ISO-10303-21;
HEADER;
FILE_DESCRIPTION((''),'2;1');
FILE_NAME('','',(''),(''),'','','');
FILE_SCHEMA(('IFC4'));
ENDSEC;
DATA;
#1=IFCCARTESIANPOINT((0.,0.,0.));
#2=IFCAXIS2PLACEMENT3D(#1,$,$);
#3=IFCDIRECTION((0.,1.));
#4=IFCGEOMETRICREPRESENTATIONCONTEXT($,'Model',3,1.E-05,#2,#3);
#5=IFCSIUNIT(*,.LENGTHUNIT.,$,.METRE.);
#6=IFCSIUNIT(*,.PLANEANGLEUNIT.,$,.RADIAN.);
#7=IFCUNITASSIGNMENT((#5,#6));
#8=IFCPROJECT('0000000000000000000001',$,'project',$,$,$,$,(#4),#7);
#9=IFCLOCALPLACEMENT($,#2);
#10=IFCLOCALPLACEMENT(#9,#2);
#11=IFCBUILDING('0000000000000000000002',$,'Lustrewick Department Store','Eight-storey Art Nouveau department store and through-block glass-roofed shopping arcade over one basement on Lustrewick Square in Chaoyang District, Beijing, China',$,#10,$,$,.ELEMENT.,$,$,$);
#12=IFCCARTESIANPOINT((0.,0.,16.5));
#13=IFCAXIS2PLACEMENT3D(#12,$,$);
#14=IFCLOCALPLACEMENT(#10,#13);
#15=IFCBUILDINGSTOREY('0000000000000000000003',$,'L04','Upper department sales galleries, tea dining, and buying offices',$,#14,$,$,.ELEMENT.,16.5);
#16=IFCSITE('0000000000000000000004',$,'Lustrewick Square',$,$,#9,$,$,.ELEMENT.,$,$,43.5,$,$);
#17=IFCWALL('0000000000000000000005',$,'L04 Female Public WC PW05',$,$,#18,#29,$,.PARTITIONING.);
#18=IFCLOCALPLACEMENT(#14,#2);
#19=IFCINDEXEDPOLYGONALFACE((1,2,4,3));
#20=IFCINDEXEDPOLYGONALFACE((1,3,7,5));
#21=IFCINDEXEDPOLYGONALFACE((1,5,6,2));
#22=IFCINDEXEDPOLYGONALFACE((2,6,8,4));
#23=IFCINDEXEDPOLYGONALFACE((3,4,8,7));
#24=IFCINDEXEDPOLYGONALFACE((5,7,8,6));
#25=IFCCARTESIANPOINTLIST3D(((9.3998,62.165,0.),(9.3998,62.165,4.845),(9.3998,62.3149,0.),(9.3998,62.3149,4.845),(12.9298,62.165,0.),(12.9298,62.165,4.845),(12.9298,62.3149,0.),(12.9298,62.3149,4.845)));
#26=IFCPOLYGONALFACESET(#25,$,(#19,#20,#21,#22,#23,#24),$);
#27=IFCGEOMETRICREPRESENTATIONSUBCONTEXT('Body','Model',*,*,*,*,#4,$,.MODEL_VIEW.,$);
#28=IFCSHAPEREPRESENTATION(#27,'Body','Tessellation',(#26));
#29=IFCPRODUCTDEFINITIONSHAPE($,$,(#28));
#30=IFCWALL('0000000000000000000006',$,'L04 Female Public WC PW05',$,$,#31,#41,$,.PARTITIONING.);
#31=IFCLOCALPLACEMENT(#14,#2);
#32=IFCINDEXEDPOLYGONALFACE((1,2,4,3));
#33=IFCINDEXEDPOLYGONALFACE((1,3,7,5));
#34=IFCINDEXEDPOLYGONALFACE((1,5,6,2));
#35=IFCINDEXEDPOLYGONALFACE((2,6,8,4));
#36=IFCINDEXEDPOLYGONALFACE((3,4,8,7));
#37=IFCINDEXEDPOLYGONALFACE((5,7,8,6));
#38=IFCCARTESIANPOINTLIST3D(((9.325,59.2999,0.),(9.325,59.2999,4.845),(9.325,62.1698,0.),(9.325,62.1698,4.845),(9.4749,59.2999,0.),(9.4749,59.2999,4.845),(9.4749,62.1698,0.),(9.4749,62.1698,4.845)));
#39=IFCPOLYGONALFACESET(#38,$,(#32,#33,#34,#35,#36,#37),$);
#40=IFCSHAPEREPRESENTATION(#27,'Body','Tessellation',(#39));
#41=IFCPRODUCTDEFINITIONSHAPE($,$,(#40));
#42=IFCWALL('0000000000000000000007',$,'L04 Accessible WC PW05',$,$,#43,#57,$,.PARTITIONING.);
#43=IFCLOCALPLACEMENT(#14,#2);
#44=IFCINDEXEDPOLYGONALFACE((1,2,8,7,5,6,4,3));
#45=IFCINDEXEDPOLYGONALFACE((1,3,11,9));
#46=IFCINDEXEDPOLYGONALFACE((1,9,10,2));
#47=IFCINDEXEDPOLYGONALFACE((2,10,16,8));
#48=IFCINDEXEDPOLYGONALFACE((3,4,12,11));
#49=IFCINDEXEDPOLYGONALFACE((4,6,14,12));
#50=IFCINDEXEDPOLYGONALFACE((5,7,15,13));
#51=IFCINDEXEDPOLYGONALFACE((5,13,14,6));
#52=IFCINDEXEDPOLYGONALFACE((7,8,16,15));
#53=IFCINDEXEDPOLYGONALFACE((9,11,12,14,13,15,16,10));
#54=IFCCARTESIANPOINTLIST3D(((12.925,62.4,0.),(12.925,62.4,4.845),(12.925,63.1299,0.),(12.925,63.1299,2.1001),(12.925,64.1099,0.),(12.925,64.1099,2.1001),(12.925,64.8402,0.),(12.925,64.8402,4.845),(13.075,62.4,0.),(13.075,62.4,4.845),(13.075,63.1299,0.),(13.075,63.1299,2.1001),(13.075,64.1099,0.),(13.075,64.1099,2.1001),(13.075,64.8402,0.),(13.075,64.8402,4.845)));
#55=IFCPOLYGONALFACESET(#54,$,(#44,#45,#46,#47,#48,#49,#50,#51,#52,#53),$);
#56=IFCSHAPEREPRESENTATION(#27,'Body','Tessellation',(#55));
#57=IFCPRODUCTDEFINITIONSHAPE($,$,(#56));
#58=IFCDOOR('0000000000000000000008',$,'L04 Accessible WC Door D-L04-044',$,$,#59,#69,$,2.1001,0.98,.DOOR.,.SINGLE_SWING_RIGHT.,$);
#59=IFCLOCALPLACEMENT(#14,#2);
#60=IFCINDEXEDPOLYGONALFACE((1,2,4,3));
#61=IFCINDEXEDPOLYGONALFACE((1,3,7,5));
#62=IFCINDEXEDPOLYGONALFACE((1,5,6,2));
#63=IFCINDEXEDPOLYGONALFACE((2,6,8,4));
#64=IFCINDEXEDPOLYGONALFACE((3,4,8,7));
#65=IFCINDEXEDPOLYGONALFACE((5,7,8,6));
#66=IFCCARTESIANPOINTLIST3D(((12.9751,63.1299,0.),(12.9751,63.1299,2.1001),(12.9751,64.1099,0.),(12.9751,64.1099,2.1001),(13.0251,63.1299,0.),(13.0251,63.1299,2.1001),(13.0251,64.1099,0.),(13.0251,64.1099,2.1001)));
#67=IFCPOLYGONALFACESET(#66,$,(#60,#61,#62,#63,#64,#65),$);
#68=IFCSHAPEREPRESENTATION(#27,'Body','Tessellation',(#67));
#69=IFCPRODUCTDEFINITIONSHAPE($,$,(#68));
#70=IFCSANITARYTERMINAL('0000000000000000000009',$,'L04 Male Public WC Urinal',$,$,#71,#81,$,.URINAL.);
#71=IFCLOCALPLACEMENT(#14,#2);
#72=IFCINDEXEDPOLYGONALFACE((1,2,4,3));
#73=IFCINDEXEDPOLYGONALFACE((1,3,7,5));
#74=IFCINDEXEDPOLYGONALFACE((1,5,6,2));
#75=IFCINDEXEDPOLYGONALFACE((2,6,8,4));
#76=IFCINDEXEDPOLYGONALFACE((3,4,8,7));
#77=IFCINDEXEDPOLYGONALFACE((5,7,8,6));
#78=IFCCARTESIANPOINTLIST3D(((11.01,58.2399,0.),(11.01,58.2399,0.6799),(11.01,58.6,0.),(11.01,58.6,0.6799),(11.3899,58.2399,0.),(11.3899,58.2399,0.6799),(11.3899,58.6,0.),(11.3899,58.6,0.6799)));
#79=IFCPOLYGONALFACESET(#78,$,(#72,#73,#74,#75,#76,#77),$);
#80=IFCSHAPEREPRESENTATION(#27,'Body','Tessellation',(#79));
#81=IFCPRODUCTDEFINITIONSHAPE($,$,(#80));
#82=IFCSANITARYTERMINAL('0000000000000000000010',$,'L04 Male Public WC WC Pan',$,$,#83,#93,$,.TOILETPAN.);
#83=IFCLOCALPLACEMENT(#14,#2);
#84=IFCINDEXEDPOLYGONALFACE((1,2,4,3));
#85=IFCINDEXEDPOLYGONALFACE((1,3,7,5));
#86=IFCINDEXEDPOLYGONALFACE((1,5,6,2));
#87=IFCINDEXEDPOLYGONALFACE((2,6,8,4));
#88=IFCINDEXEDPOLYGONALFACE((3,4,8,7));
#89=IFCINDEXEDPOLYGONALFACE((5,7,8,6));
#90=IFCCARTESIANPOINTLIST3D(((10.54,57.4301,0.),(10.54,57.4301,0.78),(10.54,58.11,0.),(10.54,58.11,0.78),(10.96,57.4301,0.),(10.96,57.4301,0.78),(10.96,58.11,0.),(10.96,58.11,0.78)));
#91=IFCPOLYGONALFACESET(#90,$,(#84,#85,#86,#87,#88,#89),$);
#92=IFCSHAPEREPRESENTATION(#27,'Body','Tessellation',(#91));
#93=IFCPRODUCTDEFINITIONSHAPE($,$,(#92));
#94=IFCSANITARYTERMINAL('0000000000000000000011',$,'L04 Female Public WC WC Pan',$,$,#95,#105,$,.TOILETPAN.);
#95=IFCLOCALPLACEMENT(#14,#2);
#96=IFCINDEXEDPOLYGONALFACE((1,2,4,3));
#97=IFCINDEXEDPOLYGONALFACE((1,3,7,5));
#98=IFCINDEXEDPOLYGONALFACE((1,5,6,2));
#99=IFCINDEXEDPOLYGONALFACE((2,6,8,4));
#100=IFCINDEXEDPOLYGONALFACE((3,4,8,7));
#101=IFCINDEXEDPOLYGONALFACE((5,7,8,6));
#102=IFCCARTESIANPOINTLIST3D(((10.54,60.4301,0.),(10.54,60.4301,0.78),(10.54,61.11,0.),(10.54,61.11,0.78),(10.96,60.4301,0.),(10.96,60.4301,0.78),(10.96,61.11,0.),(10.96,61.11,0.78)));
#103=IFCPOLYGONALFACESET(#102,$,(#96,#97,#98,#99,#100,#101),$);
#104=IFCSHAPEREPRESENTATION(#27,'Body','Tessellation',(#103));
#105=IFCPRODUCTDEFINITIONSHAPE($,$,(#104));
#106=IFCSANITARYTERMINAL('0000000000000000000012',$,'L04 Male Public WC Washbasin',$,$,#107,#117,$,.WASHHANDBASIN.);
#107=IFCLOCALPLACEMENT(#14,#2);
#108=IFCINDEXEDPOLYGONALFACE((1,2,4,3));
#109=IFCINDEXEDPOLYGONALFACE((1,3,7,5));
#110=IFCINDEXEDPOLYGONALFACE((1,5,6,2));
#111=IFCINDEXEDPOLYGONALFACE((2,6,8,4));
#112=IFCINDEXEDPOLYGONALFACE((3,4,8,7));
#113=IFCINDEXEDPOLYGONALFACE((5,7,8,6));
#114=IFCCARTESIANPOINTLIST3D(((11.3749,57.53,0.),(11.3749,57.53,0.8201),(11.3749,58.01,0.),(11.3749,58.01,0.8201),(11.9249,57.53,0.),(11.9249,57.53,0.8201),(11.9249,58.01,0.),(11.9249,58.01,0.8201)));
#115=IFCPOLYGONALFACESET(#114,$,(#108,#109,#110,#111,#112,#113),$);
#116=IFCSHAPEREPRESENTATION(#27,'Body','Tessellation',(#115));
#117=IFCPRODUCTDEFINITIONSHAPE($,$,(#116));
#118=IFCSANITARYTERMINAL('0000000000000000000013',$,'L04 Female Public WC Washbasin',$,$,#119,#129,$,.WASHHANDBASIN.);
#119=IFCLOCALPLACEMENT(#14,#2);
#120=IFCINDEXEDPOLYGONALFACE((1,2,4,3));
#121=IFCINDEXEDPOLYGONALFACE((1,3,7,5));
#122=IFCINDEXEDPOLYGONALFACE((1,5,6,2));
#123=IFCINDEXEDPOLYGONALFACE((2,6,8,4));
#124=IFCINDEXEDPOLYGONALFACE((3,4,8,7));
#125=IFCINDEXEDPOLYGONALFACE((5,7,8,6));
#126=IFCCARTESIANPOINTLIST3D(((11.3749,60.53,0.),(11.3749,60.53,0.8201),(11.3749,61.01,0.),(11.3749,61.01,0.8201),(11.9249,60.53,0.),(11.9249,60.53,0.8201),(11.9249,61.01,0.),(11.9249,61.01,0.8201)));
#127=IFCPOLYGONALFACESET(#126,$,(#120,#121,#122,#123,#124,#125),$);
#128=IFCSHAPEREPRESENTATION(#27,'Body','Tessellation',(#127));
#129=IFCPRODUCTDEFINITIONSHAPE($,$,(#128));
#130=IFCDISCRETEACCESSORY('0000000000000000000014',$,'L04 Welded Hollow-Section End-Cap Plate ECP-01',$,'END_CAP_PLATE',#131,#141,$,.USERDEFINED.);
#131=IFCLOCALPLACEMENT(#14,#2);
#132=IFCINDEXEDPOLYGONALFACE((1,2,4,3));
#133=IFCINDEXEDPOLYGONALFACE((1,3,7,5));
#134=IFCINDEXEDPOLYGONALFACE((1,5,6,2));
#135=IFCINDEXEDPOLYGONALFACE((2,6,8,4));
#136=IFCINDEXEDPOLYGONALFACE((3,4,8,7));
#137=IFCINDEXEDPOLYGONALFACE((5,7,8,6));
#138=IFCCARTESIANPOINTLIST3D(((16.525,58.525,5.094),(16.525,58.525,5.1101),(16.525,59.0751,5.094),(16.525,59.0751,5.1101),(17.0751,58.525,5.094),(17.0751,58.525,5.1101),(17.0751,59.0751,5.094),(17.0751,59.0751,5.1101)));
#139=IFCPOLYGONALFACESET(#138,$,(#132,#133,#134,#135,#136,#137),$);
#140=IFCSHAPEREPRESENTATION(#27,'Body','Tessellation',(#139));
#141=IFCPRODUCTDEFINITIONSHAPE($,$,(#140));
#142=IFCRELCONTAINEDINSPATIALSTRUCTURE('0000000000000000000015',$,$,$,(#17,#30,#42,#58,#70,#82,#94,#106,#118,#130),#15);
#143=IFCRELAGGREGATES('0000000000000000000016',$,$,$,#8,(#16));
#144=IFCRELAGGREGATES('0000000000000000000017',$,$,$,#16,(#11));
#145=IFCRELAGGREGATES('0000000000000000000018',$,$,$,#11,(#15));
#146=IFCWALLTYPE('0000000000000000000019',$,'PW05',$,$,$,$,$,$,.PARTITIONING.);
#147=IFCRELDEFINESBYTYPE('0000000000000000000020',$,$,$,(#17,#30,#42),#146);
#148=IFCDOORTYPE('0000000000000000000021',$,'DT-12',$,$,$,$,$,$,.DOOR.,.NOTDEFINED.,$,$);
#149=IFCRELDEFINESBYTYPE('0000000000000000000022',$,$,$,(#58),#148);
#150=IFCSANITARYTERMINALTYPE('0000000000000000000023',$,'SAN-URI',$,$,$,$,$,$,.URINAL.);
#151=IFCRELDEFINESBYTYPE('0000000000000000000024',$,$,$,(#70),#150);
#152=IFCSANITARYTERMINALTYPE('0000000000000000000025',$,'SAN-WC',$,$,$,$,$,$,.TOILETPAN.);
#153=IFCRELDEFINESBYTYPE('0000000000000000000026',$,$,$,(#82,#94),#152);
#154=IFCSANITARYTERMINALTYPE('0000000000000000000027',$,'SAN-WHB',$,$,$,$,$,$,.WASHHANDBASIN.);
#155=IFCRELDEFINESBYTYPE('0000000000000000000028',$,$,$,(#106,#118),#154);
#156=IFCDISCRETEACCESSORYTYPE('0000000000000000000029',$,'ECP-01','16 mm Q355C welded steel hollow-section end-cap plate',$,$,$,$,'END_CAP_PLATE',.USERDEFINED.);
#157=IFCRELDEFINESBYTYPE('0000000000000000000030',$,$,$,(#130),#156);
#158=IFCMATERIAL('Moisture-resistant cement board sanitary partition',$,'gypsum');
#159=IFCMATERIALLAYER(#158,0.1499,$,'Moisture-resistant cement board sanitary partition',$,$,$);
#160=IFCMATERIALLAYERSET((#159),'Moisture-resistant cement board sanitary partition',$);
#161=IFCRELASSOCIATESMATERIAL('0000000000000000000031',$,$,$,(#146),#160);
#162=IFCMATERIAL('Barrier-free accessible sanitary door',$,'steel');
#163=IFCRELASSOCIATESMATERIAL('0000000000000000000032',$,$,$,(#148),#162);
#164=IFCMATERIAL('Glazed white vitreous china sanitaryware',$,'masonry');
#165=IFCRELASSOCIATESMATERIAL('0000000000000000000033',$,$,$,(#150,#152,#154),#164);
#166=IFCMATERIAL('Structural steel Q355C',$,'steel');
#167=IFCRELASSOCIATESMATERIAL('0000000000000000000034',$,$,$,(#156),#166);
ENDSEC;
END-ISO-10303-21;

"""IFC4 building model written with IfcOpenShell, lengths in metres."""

from ifc_helpers import new_model, si_unit, direction, frame, frame_2d, origin, origin_2d, place, context, subcontext, project, spatial, rectangle, extrude, material, layer, layer_set, type_object, element, fill, save


model = new_model("IFC4")

# Units and contexts
model_context = context("Model", 3, precision=1e-05, world=origin(), true_north=direction((0.0, 1.0)))
body_context = subcontext(model_context, "Body", "Model", "MODEL_VIEW")
ifc_project = project(units=[si_unit("LENGTHUNIT", "METRE"), si_unit("PLANEANGLEUNIT", "RADIAN")], contexts=[model_context])

# Site, building, storey
site_placement = place(None, origin())
site = spatial("IfcSite", under=ifc_project, at=site_placement, Name="Lustrewick Square", CompositionType="ELEMENT", RefElevation=43.5)
building_placement = place(site_placement, origin())
building = spatial("IfcBuilding", under=site, at=building_placement, Name="Lustrewick Department Store", Description="Eight-storey Art Nouveau department store and through-block glass-roofed shopping arcade over one basement on Lustrewick Square in Chaoyang District, Beijing, China", CompositionType="ELEMENT")
storey_placement = place(building_placement, frame((0.0, 0.0, 16.5)))
storey = spatial("IfcBuildingStorey", under=building, at=storey_placement, Name="L04", Description="Upper department sales galleries, tea dining, and buying offices", CompositionType="ELEMENT", Elevation=16.5)

# Shared definitions
ifc_material_1 = material(Name="Structural steel Q355C", Category="steel")

# Shared definitions
ifc_material_2 = material(Name="Moisture-resistant cement board sanitary partition", Category="gypsum")
ifc_layer_1 = layer(ifc_material_2, 0.1499, Name="Moisture-resistant cement board sanitary partition")
ifc_layer_set_1 = layer_set([ifc_layer_1], Name="Moisture-resistant cement board sanitary partition")
wall_type_1 = type_object("IfcWallType", Name="PW05", PredefinedType="PARTITIONING", material=ifc_layer_set_1)

# Walls
wall_1_placement = place(storey_placement, frame((12.9299, 62.24, 0.0), z_axis=(0.0, 0.0, 1.0), x_axis=(-1.0, 0.0, 0.0)))
element("IfcWall", 1, at=wall_1_placement, inside=storey, type_object=wall_type_1, Name="L04 Female Public WC PW05", PredefinedType="PARTITIONING", context=body_context, shape_type="SweptSolid", body=[
    extrude(rectangle(XDim=3.53, YDim=0.1499, at=frame_2d((1.7651, 0.0))), origin(), (0.0, 0.0, 1.0), 4.845),
])
wall_2_placement = place(storey_placement, frame((9.3999, 62.1699, 0.0), z_axis=(0.0, 0.0, 1.0), x_axis=(0.0, -1.0, 0.0)))
element("IfcWall", 2, at=wall_2_placement, inside=storey, type_object=wall_type_1, Name="L04 Female Public WC PW05", PredefinedType="PARTITIONING", context=body_context, shape_type="SweptSolid", body=[
    extrude(rectangle(XDim=2.8699, YDim=0.1499, at=frame_2d((1.4351, 0.0))), origin(), (0.0, 0.0, 1.0), 4.845),
])

# Wall, opening, door
wall_3_placement = place(storey_placement, frame((13.0, 62.3999, 0.0), z_axis=(0.0, 0.0, 1.0), x_axis=(0.0, 1.0, 0.0)))
wall_3 = element("IfcWall", 3, at=wall_3_placement, inside=storey, type_object=wall_type_1, Name="L04 Accessible WC PW05", PredefinedType="PARTITIONING", context=body_context, shape_type="SweptSolid", body=[
    extrude(rectangle(XDim=2.4402, YDim=0.1499, at=frame_2d((1.2202, 0.0))), origin(), (0.0, 0.0, 1.0), 4.845),
])
opening_1_placement = place(wall_3_placement, frame((0.73, 0.0, 0.0)))
opening_1 = element("IfcOpeningElement", 4, at=opening_1_placement, cuts=wall_3, PredefinedType="OPENING", context=body_context, shape_type="SweptSolid", body=[
    extrude(rectangle(XDim=0.98, YDim=2.1001, at=frame_2d((0.49, 1.05))), frame((0.0, 0.085, 0.0), z_axis=(0.0, -1.0, 0.0), x_axis=(1.0, 0.0, 0.0)), (0.0, 0.0, 1.0), 0.1699),
])
ifc_material_3 = material(Name="Barrier-free accessible sanitary door", Category="steel")
door_type_1 = type_object("IfcDoorType", Name="DT-12", OperationType="NOTDEFINED", PredefinedType="DOOR", material=ifc_material_3)
door_1_placement = place(opening_1_placement, origin())
door_1 = element("IfcDoor", 5, at=door_1_placement, inside=storey, type_object=door_type_1, Name="L04 Accessible WC Door D-L04-044", OperationType="SINGLE_SWING_RIGHT", OverallHeight=2.1001, OverallWidth=0.98, PredefinedType="DOOR", context=body_context, shape_type="SweptSolid", body=[
    extrude(rectangle(XDim=0.98, YDim=2.1001, at=frame_2d((0.49, 1.05))), frame((0.0, 0.0249, 0.0), z_axis=(0.0, -1.0, 0.0), x_axis=(1.0, 0.0, 0.0)), (0.0, 0.0, 1.0), 0.05),
])
fill(opening_1, door_1)

# Sanitary terminals
ifc_material_4 = material(Name="Glazed white vitreous china sanitaryware", Category="masonry")
sanitary_terminal_type_1 = type_object("IfcSanitaryTerminalType", Name="SAN-URI", PredefinedType="URINAL", material=ifc_material_4)
sanitary_terminal_placement = place(storey_placement, frame((11.2, 58.4199, 0.0), z_axis=(0.0, 0.0, 1.0), x_axis=(1.0, 0.0, 0.0)))
element("IfcSanitaryTerminal", 6, at=sanitary_terminal_placement, inside=storey, type_object=sanitary_terminal_type_1, Name="L04 Male Public WC Urinal", PredefinedType="URINAL", context=body_context, shape_type="SweptSolid", body=[
    extrude(rectangle(XDim=0.3799, YDim=0.3601, at=origin_2d()), origin(), (0.0, 0.0, 1.0), 0.6799),
])
sanitary_terminal_type_2 = type_object("IfcSanitaryTerminalType", Name="SAN-WC", PredefinedType="TOILETPAN", material=ifc_material_4)
for number, where, z_axis, x_axis, name in (
    (7, (10.75, 57.77, 0.0), (0.0, 0.0, 1.0), (1.0, 0.0, 0.0), "L04 Male Public WC WC Pan"),
    (8, (10.75, 60.77, 0.0), (0.0, 0.0, 1.0), (1.0, 0.0, 0.0), "L04 Female Public WC WC Pan"),
):
    element("IfcSanitaryTerminal", number, at=place(storey_placement, frame(where, z_axis=z_axis, x_axis=x_axis)), inside=storey, type_object=sanitary_terminal_type_2, Name=name, PredefinedType="TOILETPAN", context=body_context, shape_type="SweptSolid", body=[
        extrude(rectangle(XDim=0.4199, YDim=0.6799, at=origin_2d()), origin(), (0.0, 0.0, 1.0), 0.78),
    ])
sanitary_terminal_type_3 = type_object("IfcSanitaryTerminalType", Name="SAN-WHB", PredefinedType="WASHHANDBASIN", material=ifc_material_4)
for number, where, z_axis, x_axis, name in (
    (9, (11.6499, 57.77, 0.0), (0.0, 0.0, 1.0), (1.0, 0.0, 0.0), "L04 Male Public WC Washbasin"),
    (10, (11.6499, 60.77, 0.0), (0.0, 0.0, 1.0), (1.0, 0.0, 0.0), "L04 Female Public WC Washbasin"),
):
    element("IfcSanitaryTerminal", number, at=place(storey_placement, frame(where, z_axis=z_axis, x_axis=x_axis)), inside=storey, type_object=sanitary_terminal_type_3, Name=name, PredefinedType="WASHHANDBASIN", context=body_context, shape_type="SweptSolid", body=[
        extrude(rectangle(XDim=0.55, YDim=0.48, at=origin_2d()), origin(), (0.0, 0.0, 1.0), 0.8201),
    ])

# Discrete accessory
discrete_accessory_type = type_object("IfcDiscreteAccessoryType", Name="ECP-01", Description="16 mm Q355C welded steel hollow-section end-cap plate", ElementType="END_CAP_PLATE", PredefinedType="USERDEFINED", material=ifc_material_1)
discrete_accessory_placement = place(storey_placement, frame((16.8, 58.8, 5.094), z_axis=(0.0, 0.0, 1.0), x_axis=(1.0, 0.0, 0.0)))
element("IfcDiscreteAccessory", 11, at=discrete_accessory_placement, inside=storey, type_object=discrete_accessory_type, Name="L04 Welded Hollow-Section End-Cap Plate ECP-01", ObjectType="END_CAP_PLATE", PredefinedType="USERDEFINED", context=body_context, shape_type="SweptSolid", body=[
    extrude(rectangle(XDim=0.55, YDim=0.55, at=origin_2d()), origin(), (0.0, 0.0, 1.0), 0.0161),
])

save(model, "model.ifc")
